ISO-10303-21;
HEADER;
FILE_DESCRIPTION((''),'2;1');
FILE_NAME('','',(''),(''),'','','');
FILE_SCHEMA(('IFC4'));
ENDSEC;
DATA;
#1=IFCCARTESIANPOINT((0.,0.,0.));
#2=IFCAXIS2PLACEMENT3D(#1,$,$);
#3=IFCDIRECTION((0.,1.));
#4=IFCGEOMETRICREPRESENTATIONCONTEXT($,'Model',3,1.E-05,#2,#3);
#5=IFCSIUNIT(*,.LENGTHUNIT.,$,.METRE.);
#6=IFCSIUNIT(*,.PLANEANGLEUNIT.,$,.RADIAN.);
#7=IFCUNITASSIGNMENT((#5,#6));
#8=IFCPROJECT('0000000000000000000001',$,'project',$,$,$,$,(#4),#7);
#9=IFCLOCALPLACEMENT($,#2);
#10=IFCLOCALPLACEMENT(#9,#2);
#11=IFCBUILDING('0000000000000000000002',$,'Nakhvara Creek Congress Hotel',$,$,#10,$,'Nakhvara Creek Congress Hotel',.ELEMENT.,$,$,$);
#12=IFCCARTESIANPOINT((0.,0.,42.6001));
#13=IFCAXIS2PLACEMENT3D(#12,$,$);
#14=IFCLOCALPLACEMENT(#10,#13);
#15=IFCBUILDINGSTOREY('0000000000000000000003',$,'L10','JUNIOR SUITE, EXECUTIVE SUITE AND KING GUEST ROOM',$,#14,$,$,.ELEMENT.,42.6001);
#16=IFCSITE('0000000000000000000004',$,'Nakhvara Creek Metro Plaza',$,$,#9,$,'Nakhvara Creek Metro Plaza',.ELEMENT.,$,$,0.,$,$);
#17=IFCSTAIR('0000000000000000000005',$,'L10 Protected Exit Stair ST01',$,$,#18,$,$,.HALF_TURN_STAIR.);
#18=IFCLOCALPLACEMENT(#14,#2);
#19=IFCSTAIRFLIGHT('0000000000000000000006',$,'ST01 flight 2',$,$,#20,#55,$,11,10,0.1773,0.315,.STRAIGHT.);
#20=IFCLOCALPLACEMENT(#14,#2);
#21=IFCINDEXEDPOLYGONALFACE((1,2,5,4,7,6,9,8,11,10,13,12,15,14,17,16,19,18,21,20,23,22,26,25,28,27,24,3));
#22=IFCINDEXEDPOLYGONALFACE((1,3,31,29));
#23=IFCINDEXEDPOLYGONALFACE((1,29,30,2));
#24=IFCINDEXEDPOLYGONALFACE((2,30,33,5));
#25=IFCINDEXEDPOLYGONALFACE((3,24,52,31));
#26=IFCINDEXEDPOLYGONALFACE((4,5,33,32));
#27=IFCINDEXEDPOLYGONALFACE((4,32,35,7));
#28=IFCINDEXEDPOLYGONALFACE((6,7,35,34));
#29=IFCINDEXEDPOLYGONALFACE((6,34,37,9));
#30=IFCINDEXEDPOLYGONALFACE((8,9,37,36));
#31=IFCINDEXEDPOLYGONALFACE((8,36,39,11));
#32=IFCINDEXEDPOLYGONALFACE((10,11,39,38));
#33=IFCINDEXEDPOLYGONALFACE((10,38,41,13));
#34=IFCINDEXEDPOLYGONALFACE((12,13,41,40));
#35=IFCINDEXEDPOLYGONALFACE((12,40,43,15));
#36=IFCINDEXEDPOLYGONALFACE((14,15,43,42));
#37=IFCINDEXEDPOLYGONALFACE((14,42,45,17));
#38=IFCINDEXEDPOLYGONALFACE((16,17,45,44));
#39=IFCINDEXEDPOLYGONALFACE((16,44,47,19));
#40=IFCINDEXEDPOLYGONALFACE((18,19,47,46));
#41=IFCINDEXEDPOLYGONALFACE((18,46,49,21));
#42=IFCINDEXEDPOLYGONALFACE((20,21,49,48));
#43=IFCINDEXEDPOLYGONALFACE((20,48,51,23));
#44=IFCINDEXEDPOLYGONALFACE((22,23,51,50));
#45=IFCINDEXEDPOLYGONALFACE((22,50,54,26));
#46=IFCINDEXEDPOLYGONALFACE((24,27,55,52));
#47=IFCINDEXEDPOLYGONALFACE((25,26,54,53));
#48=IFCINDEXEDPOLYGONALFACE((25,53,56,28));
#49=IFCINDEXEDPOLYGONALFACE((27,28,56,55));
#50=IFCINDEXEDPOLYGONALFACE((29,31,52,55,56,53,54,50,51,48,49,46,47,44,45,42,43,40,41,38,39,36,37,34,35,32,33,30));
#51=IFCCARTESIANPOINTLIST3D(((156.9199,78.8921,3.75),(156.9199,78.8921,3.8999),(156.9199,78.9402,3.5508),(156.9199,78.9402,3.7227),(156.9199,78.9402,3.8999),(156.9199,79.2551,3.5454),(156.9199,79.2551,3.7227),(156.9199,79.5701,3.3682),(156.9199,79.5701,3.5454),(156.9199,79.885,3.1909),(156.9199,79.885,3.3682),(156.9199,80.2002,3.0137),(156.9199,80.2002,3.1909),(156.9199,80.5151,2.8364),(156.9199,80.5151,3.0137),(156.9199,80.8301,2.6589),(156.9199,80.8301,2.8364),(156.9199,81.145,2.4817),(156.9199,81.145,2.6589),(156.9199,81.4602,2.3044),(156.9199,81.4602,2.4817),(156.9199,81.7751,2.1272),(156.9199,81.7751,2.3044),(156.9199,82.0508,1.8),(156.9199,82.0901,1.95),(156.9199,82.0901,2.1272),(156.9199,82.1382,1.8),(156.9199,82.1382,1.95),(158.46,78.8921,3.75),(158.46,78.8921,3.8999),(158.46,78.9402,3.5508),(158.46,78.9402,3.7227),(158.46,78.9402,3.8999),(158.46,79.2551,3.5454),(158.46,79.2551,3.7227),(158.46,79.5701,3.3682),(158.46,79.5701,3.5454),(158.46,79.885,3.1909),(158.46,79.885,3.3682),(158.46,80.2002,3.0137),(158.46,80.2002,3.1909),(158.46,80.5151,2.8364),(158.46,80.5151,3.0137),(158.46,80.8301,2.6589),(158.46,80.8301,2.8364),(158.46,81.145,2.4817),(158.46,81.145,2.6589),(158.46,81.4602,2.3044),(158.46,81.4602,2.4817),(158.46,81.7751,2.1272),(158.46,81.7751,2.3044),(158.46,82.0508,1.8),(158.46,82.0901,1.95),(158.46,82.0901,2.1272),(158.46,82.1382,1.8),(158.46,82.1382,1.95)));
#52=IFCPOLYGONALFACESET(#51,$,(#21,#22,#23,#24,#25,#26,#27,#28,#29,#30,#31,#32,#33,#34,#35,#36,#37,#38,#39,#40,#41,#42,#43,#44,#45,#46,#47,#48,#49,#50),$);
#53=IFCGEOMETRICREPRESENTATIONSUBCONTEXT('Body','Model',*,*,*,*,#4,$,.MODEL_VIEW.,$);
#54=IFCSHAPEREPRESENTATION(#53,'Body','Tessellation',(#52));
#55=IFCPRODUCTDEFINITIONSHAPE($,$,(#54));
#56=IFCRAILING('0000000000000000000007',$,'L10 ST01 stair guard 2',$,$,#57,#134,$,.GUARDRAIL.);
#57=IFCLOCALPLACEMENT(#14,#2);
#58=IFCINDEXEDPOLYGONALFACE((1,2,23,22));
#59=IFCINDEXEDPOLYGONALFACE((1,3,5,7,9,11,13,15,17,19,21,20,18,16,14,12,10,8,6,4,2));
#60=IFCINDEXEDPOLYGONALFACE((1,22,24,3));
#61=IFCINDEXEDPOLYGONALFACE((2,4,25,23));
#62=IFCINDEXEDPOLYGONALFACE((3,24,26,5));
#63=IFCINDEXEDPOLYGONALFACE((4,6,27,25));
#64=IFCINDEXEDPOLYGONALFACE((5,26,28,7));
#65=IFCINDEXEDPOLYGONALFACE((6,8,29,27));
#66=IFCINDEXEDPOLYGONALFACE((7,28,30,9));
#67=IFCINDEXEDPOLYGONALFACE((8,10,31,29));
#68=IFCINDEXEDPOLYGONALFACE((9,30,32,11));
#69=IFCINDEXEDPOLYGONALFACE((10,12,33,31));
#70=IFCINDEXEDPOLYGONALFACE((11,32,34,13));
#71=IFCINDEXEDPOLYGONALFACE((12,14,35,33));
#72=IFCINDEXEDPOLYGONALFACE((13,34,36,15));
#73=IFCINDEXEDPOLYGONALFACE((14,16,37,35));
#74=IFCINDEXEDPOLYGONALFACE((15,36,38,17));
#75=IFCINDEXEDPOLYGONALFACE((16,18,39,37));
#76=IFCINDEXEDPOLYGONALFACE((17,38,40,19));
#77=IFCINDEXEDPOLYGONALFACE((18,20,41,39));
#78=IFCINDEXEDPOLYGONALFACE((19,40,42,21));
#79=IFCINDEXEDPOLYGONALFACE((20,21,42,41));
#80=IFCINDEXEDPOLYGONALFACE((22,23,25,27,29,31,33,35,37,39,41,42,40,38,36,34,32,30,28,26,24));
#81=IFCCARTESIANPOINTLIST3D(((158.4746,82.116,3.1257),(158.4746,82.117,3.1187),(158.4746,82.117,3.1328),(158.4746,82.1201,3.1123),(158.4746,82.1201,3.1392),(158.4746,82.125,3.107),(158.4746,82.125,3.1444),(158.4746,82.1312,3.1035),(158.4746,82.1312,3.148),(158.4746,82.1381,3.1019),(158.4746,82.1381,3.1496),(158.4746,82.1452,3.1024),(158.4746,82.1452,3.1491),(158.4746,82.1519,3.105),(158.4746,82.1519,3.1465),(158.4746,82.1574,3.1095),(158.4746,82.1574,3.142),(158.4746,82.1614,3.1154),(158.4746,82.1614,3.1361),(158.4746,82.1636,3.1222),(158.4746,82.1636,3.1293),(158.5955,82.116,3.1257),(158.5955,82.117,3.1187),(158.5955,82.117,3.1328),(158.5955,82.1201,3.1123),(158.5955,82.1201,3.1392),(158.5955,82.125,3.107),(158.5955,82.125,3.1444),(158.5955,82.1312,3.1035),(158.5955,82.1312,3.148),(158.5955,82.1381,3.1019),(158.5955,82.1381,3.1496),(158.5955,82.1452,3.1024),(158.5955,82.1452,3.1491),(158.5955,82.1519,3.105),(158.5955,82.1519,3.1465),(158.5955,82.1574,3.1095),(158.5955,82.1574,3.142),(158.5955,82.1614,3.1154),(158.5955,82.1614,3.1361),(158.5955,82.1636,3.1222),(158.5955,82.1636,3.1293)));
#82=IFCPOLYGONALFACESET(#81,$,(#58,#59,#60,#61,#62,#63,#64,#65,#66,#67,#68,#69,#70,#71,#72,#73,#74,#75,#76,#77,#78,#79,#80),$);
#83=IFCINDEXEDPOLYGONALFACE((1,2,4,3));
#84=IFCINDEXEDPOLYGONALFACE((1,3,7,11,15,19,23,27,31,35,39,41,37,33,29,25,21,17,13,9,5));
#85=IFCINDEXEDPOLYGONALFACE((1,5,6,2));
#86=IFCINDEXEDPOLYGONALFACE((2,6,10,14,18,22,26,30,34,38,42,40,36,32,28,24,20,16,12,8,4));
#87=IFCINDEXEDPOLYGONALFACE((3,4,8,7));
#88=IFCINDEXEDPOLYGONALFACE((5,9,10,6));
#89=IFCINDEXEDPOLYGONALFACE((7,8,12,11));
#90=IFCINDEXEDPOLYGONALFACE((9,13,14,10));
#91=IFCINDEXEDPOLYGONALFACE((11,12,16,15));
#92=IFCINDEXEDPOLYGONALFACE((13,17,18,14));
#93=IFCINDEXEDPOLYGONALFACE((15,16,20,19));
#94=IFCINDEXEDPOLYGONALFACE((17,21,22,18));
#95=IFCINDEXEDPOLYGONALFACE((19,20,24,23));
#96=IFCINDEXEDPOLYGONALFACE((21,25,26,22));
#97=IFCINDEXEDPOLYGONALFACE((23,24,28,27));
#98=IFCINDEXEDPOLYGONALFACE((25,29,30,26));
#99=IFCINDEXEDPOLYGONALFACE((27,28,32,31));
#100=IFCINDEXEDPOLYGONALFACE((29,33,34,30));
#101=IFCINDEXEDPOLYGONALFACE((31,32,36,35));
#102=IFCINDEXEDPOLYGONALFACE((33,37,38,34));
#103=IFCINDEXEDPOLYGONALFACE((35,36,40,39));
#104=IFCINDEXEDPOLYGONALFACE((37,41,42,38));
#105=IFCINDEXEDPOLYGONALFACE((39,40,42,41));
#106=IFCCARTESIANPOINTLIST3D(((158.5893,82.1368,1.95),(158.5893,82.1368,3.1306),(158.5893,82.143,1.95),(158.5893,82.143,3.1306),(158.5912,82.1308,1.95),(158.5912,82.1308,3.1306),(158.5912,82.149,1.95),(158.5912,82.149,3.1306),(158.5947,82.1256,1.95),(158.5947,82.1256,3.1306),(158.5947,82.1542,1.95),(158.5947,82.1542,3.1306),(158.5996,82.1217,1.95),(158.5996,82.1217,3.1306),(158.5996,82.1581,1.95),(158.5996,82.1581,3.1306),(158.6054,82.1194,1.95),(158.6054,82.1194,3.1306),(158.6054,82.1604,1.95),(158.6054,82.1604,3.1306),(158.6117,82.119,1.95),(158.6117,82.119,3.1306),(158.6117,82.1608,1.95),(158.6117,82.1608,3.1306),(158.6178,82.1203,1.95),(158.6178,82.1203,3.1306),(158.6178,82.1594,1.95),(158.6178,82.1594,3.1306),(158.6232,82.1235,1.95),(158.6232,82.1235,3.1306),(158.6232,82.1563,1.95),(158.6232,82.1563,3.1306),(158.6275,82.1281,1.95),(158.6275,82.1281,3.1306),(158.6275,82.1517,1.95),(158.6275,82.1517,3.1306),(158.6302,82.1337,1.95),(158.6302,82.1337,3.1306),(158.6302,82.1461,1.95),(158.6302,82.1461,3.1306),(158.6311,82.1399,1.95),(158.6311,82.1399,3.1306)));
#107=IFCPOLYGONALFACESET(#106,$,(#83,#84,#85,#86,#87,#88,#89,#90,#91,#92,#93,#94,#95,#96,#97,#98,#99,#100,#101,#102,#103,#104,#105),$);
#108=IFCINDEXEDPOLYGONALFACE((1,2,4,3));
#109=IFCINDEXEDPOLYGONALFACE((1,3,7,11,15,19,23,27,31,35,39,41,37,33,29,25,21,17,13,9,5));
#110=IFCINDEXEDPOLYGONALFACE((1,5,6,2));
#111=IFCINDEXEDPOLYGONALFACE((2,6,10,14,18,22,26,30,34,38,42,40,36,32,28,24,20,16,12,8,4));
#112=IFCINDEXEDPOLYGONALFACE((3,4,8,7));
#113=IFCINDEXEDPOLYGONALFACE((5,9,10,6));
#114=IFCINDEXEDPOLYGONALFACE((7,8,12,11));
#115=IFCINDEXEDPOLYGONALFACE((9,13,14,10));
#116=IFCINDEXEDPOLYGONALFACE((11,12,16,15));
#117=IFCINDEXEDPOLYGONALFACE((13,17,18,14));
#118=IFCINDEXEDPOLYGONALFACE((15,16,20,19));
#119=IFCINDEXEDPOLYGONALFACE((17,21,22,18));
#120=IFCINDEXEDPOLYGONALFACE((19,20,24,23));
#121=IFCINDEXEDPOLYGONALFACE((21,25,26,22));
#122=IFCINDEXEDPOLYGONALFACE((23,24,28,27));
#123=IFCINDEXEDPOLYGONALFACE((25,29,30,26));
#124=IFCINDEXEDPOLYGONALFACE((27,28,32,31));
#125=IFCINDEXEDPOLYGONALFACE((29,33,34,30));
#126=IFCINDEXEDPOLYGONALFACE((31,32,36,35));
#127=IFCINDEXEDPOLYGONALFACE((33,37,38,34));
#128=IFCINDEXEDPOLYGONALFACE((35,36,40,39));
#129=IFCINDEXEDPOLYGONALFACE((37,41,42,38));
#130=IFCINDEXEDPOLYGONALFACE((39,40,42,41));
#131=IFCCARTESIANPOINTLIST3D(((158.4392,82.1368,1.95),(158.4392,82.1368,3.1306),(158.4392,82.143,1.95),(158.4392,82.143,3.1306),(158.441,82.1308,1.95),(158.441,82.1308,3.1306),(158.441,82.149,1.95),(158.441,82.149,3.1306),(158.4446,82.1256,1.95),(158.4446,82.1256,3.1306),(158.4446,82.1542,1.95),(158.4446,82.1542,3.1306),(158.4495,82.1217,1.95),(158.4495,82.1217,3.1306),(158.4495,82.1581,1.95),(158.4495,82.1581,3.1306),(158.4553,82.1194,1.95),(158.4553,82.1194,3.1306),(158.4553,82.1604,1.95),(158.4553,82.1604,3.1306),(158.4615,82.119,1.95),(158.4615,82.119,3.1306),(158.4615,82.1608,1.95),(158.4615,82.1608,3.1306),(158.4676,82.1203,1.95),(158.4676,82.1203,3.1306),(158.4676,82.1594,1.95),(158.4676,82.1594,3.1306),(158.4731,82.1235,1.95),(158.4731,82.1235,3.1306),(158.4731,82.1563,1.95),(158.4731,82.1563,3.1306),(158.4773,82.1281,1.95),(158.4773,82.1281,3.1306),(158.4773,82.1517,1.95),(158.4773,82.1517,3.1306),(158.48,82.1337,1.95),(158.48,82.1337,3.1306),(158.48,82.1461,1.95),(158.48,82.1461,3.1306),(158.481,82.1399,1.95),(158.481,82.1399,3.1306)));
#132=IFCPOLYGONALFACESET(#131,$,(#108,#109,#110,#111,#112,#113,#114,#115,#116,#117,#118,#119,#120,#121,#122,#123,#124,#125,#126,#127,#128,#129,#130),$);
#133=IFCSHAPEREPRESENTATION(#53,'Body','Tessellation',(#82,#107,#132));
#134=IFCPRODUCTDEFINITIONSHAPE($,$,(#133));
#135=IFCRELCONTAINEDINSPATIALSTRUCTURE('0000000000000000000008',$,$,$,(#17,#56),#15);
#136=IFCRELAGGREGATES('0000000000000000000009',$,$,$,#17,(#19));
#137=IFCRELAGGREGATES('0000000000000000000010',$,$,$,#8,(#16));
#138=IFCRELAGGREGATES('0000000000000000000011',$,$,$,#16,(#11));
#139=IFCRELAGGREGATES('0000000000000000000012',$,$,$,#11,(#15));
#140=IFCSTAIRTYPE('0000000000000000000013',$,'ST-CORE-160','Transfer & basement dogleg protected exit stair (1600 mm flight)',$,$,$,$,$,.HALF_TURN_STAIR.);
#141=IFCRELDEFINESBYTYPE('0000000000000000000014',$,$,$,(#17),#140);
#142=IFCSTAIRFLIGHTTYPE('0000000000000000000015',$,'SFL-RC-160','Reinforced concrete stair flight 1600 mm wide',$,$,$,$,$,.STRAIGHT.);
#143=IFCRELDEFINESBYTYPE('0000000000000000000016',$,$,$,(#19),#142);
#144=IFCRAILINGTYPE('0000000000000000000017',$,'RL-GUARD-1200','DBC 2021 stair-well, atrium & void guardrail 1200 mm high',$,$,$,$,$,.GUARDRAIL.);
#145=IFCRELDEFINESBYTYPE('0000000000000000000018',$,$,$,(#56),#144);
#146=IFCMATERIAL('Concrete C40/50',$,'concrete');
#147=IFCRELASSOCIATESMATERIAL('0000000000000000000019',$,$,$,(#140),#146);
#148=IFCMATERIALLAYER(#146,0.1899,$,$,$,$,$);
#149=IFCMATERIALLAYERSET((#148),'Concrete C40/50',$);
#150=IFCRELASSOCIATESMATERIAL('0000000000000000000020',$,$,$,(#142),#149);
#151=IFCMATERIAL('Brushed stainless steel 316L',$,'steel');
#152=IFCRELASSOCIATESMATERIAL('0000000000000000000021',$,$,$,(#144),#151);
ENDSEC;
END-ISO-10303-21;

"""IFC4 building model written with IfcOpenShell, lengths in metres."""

from ifc_helpers import new_model, si_unit, direction, frame, origin, origin_2d, place, context, subcontext, project, spatial, polyline, circle, outline, extrude, material, layer, layer_set, type_object, element, aggregate, save


model = new_model("IFC4")

# Units and contexts
model_context = context("Model", 3, precision=1e-05, world=origin(), true_north=direction((0.0, 1.0)))
body_context = subcontext(model_context, "Body", "Model", "MODEL_VIEW")
ifc_project = project(units=[si_unit("LENGTHUNIT", "METRE"), si_unit("PLANEANGLEUNIT", "RADIAN")], contexts=[model_context])

# Site, building, storey
site_placement = place(None, origin())
site = spatial("IfcSite", under=ifc_project, at=site_placement, Name="Nakhvara Creek Metro Plaza", LongName="Nakhvara Creek Metro Plaza", CompositionType="ELEMENT", RefElevation=0.0)
building_placement = place(site_placement, origin())
building = spatial("IfcBuilding", under=site, at=building_placement, Name="Nakhvara Creek Congress Hotel", LongName="Nakhvara Creek Congress Hotel", CompositionType="ELEMENT")
storey_placement = place(building_placement, frame((0.0, 0.0, 42.6001)))
storey = spatial("IfcBuildingStorey", under=building, at=storey_placement, Name="L10", Description="JUNIOR SUITE, EXECUTIVE SUITE AND KING GUEST ROOM", CompositionType="ELEMENT", Elevation=42.6001)

# Shared definitions
ifc_material_1 = material(Name="Concrete C40/50", Category="concrete")

# Stair, stair flight
stair_type = type_object("IfcStairType", Name="ST-CORE-160", Description="Transfer & basement dogleg protected exit stair (1600 mm flight)", PredefinedType="HALF_TURN_STAIR", material=ifc_material_1)
stair_placement = place(storey_placement, origin())
stair = element("IfcStair", 1, at=stair_placement, inside=storey, type_object=stair_type, Name="L10 Protected Exit Stair ST01", PredefinedType="HALF_TURN_STAIR")
ifc_layer_1 = layer(ifc_material_1, 0.1899)
ifc_layer_set_1 = layer_set([ifc_layer_1], Name="Concrete C40/50")
stair_flight_type = type_object("IfcStairFlightType", Name="SFL-RC-160", Description="Reinforced concrete stair flight 1600 mm wide", PredefinedType="STRAIGHT", material=ifc_layer_set_1)
stair_flight_placement = place(storey_placement, frame((157.6899, 82.0901, 1.95), z_axis=(0.0, 0.0, 1.0), x_axis=(0.0, -1.0, 0.0)))
stair_flight = element("IfcStairFlight", 2, at=stair_flight_placement, type_object=stair_flight_type, Name="ST01 flight 2", NumberOfRisers=11, NumberOfTreads=10, PredefinedType="STRAIGHT", RiserHeight=0.1773, TreadLength=0.315, context=body_context, shape_type="SweptSolid", body=[
    extrude(outline(polyline([(-0.0481, 0.0), (0.0, 0.0), (0.0, 0.1772), (0.3149, 0.1772), (0.3149, 0.3545), (0.6299, 0.3545), (0.6299, 0.5317), (0.9451, 0.5317), (0.9451, 0.709), (1.26, 0.709), (1.26, 0.8865), (1.575, 0.8865), (1.575, 1.0637), (1.8899, 1.0637), (1.8899, 1.241), (2.2051, 1.241), (2.2051, 1.4182), (2.52, 1.4182), (2.52, 1.5955), (2.835, 1.5955), (2.835, 1.7727), (3.1499, 1.7727), (3.1499, 1.95), (3.198, 1.95), (3.198, 1.8), (3.1499, 1.6008), (0.0393, -0.1499), (-0.0481, -0.1499), (-0.0481, 0.0)])), frame((0.0, 0.77, 0.0), z_axis=(0.0, -1.0, 0.0), x_axis=(1.0, 0.0, 0.0)), (0.0, 0.0, 1.0), 1.54),
])
aggregate(stair, [stair_flight])

# Railing
ifc_material_2 = material(Name="Brushed stainless steel 316L", Category="steel")
railing_type_1 = type_object("IfcRailingType", Name="RL-GUARD-1200", Description="DBC 2021 stair-well, atrium & void guardrail 1200 mm high", PredefinedType="GUARDRAIL", material=ifc_material_2)
railing_1_placement = place(storey_placement, frame((158.6101, 82.1399, 1.95)))
element("IfcRailing", 3, at=railing_1_placement, inside=storey, type_object=railing_type_1, Name="L10 ST01 stair guard 2", PredefinedType="GUARDRAIL", context=body_context, shape_type="SweptSolid", body=[
    extrude(circle(Radius=0.0239, at=origin_2d()), frame((-0.0146, 0.0, 1.1758), z_axis=(-1.0, 0.0, 0.0), x_axis=(0.0, -1.0, 0.0)), (0.0, 0.0, 1.0), 0.1208),
    extrude(circle(Radius=0.021, at=origin_2d()), origin(), (0.0, 0.0, 1.0), 1.1807),
    extrude(circle(Radius=0.021, at=origin_2d()), frame((-0.1501, 0.0, 0.0)), (0.0, 0.0, 1.0), 1.1807),
])

save(model, "model.ifc")
